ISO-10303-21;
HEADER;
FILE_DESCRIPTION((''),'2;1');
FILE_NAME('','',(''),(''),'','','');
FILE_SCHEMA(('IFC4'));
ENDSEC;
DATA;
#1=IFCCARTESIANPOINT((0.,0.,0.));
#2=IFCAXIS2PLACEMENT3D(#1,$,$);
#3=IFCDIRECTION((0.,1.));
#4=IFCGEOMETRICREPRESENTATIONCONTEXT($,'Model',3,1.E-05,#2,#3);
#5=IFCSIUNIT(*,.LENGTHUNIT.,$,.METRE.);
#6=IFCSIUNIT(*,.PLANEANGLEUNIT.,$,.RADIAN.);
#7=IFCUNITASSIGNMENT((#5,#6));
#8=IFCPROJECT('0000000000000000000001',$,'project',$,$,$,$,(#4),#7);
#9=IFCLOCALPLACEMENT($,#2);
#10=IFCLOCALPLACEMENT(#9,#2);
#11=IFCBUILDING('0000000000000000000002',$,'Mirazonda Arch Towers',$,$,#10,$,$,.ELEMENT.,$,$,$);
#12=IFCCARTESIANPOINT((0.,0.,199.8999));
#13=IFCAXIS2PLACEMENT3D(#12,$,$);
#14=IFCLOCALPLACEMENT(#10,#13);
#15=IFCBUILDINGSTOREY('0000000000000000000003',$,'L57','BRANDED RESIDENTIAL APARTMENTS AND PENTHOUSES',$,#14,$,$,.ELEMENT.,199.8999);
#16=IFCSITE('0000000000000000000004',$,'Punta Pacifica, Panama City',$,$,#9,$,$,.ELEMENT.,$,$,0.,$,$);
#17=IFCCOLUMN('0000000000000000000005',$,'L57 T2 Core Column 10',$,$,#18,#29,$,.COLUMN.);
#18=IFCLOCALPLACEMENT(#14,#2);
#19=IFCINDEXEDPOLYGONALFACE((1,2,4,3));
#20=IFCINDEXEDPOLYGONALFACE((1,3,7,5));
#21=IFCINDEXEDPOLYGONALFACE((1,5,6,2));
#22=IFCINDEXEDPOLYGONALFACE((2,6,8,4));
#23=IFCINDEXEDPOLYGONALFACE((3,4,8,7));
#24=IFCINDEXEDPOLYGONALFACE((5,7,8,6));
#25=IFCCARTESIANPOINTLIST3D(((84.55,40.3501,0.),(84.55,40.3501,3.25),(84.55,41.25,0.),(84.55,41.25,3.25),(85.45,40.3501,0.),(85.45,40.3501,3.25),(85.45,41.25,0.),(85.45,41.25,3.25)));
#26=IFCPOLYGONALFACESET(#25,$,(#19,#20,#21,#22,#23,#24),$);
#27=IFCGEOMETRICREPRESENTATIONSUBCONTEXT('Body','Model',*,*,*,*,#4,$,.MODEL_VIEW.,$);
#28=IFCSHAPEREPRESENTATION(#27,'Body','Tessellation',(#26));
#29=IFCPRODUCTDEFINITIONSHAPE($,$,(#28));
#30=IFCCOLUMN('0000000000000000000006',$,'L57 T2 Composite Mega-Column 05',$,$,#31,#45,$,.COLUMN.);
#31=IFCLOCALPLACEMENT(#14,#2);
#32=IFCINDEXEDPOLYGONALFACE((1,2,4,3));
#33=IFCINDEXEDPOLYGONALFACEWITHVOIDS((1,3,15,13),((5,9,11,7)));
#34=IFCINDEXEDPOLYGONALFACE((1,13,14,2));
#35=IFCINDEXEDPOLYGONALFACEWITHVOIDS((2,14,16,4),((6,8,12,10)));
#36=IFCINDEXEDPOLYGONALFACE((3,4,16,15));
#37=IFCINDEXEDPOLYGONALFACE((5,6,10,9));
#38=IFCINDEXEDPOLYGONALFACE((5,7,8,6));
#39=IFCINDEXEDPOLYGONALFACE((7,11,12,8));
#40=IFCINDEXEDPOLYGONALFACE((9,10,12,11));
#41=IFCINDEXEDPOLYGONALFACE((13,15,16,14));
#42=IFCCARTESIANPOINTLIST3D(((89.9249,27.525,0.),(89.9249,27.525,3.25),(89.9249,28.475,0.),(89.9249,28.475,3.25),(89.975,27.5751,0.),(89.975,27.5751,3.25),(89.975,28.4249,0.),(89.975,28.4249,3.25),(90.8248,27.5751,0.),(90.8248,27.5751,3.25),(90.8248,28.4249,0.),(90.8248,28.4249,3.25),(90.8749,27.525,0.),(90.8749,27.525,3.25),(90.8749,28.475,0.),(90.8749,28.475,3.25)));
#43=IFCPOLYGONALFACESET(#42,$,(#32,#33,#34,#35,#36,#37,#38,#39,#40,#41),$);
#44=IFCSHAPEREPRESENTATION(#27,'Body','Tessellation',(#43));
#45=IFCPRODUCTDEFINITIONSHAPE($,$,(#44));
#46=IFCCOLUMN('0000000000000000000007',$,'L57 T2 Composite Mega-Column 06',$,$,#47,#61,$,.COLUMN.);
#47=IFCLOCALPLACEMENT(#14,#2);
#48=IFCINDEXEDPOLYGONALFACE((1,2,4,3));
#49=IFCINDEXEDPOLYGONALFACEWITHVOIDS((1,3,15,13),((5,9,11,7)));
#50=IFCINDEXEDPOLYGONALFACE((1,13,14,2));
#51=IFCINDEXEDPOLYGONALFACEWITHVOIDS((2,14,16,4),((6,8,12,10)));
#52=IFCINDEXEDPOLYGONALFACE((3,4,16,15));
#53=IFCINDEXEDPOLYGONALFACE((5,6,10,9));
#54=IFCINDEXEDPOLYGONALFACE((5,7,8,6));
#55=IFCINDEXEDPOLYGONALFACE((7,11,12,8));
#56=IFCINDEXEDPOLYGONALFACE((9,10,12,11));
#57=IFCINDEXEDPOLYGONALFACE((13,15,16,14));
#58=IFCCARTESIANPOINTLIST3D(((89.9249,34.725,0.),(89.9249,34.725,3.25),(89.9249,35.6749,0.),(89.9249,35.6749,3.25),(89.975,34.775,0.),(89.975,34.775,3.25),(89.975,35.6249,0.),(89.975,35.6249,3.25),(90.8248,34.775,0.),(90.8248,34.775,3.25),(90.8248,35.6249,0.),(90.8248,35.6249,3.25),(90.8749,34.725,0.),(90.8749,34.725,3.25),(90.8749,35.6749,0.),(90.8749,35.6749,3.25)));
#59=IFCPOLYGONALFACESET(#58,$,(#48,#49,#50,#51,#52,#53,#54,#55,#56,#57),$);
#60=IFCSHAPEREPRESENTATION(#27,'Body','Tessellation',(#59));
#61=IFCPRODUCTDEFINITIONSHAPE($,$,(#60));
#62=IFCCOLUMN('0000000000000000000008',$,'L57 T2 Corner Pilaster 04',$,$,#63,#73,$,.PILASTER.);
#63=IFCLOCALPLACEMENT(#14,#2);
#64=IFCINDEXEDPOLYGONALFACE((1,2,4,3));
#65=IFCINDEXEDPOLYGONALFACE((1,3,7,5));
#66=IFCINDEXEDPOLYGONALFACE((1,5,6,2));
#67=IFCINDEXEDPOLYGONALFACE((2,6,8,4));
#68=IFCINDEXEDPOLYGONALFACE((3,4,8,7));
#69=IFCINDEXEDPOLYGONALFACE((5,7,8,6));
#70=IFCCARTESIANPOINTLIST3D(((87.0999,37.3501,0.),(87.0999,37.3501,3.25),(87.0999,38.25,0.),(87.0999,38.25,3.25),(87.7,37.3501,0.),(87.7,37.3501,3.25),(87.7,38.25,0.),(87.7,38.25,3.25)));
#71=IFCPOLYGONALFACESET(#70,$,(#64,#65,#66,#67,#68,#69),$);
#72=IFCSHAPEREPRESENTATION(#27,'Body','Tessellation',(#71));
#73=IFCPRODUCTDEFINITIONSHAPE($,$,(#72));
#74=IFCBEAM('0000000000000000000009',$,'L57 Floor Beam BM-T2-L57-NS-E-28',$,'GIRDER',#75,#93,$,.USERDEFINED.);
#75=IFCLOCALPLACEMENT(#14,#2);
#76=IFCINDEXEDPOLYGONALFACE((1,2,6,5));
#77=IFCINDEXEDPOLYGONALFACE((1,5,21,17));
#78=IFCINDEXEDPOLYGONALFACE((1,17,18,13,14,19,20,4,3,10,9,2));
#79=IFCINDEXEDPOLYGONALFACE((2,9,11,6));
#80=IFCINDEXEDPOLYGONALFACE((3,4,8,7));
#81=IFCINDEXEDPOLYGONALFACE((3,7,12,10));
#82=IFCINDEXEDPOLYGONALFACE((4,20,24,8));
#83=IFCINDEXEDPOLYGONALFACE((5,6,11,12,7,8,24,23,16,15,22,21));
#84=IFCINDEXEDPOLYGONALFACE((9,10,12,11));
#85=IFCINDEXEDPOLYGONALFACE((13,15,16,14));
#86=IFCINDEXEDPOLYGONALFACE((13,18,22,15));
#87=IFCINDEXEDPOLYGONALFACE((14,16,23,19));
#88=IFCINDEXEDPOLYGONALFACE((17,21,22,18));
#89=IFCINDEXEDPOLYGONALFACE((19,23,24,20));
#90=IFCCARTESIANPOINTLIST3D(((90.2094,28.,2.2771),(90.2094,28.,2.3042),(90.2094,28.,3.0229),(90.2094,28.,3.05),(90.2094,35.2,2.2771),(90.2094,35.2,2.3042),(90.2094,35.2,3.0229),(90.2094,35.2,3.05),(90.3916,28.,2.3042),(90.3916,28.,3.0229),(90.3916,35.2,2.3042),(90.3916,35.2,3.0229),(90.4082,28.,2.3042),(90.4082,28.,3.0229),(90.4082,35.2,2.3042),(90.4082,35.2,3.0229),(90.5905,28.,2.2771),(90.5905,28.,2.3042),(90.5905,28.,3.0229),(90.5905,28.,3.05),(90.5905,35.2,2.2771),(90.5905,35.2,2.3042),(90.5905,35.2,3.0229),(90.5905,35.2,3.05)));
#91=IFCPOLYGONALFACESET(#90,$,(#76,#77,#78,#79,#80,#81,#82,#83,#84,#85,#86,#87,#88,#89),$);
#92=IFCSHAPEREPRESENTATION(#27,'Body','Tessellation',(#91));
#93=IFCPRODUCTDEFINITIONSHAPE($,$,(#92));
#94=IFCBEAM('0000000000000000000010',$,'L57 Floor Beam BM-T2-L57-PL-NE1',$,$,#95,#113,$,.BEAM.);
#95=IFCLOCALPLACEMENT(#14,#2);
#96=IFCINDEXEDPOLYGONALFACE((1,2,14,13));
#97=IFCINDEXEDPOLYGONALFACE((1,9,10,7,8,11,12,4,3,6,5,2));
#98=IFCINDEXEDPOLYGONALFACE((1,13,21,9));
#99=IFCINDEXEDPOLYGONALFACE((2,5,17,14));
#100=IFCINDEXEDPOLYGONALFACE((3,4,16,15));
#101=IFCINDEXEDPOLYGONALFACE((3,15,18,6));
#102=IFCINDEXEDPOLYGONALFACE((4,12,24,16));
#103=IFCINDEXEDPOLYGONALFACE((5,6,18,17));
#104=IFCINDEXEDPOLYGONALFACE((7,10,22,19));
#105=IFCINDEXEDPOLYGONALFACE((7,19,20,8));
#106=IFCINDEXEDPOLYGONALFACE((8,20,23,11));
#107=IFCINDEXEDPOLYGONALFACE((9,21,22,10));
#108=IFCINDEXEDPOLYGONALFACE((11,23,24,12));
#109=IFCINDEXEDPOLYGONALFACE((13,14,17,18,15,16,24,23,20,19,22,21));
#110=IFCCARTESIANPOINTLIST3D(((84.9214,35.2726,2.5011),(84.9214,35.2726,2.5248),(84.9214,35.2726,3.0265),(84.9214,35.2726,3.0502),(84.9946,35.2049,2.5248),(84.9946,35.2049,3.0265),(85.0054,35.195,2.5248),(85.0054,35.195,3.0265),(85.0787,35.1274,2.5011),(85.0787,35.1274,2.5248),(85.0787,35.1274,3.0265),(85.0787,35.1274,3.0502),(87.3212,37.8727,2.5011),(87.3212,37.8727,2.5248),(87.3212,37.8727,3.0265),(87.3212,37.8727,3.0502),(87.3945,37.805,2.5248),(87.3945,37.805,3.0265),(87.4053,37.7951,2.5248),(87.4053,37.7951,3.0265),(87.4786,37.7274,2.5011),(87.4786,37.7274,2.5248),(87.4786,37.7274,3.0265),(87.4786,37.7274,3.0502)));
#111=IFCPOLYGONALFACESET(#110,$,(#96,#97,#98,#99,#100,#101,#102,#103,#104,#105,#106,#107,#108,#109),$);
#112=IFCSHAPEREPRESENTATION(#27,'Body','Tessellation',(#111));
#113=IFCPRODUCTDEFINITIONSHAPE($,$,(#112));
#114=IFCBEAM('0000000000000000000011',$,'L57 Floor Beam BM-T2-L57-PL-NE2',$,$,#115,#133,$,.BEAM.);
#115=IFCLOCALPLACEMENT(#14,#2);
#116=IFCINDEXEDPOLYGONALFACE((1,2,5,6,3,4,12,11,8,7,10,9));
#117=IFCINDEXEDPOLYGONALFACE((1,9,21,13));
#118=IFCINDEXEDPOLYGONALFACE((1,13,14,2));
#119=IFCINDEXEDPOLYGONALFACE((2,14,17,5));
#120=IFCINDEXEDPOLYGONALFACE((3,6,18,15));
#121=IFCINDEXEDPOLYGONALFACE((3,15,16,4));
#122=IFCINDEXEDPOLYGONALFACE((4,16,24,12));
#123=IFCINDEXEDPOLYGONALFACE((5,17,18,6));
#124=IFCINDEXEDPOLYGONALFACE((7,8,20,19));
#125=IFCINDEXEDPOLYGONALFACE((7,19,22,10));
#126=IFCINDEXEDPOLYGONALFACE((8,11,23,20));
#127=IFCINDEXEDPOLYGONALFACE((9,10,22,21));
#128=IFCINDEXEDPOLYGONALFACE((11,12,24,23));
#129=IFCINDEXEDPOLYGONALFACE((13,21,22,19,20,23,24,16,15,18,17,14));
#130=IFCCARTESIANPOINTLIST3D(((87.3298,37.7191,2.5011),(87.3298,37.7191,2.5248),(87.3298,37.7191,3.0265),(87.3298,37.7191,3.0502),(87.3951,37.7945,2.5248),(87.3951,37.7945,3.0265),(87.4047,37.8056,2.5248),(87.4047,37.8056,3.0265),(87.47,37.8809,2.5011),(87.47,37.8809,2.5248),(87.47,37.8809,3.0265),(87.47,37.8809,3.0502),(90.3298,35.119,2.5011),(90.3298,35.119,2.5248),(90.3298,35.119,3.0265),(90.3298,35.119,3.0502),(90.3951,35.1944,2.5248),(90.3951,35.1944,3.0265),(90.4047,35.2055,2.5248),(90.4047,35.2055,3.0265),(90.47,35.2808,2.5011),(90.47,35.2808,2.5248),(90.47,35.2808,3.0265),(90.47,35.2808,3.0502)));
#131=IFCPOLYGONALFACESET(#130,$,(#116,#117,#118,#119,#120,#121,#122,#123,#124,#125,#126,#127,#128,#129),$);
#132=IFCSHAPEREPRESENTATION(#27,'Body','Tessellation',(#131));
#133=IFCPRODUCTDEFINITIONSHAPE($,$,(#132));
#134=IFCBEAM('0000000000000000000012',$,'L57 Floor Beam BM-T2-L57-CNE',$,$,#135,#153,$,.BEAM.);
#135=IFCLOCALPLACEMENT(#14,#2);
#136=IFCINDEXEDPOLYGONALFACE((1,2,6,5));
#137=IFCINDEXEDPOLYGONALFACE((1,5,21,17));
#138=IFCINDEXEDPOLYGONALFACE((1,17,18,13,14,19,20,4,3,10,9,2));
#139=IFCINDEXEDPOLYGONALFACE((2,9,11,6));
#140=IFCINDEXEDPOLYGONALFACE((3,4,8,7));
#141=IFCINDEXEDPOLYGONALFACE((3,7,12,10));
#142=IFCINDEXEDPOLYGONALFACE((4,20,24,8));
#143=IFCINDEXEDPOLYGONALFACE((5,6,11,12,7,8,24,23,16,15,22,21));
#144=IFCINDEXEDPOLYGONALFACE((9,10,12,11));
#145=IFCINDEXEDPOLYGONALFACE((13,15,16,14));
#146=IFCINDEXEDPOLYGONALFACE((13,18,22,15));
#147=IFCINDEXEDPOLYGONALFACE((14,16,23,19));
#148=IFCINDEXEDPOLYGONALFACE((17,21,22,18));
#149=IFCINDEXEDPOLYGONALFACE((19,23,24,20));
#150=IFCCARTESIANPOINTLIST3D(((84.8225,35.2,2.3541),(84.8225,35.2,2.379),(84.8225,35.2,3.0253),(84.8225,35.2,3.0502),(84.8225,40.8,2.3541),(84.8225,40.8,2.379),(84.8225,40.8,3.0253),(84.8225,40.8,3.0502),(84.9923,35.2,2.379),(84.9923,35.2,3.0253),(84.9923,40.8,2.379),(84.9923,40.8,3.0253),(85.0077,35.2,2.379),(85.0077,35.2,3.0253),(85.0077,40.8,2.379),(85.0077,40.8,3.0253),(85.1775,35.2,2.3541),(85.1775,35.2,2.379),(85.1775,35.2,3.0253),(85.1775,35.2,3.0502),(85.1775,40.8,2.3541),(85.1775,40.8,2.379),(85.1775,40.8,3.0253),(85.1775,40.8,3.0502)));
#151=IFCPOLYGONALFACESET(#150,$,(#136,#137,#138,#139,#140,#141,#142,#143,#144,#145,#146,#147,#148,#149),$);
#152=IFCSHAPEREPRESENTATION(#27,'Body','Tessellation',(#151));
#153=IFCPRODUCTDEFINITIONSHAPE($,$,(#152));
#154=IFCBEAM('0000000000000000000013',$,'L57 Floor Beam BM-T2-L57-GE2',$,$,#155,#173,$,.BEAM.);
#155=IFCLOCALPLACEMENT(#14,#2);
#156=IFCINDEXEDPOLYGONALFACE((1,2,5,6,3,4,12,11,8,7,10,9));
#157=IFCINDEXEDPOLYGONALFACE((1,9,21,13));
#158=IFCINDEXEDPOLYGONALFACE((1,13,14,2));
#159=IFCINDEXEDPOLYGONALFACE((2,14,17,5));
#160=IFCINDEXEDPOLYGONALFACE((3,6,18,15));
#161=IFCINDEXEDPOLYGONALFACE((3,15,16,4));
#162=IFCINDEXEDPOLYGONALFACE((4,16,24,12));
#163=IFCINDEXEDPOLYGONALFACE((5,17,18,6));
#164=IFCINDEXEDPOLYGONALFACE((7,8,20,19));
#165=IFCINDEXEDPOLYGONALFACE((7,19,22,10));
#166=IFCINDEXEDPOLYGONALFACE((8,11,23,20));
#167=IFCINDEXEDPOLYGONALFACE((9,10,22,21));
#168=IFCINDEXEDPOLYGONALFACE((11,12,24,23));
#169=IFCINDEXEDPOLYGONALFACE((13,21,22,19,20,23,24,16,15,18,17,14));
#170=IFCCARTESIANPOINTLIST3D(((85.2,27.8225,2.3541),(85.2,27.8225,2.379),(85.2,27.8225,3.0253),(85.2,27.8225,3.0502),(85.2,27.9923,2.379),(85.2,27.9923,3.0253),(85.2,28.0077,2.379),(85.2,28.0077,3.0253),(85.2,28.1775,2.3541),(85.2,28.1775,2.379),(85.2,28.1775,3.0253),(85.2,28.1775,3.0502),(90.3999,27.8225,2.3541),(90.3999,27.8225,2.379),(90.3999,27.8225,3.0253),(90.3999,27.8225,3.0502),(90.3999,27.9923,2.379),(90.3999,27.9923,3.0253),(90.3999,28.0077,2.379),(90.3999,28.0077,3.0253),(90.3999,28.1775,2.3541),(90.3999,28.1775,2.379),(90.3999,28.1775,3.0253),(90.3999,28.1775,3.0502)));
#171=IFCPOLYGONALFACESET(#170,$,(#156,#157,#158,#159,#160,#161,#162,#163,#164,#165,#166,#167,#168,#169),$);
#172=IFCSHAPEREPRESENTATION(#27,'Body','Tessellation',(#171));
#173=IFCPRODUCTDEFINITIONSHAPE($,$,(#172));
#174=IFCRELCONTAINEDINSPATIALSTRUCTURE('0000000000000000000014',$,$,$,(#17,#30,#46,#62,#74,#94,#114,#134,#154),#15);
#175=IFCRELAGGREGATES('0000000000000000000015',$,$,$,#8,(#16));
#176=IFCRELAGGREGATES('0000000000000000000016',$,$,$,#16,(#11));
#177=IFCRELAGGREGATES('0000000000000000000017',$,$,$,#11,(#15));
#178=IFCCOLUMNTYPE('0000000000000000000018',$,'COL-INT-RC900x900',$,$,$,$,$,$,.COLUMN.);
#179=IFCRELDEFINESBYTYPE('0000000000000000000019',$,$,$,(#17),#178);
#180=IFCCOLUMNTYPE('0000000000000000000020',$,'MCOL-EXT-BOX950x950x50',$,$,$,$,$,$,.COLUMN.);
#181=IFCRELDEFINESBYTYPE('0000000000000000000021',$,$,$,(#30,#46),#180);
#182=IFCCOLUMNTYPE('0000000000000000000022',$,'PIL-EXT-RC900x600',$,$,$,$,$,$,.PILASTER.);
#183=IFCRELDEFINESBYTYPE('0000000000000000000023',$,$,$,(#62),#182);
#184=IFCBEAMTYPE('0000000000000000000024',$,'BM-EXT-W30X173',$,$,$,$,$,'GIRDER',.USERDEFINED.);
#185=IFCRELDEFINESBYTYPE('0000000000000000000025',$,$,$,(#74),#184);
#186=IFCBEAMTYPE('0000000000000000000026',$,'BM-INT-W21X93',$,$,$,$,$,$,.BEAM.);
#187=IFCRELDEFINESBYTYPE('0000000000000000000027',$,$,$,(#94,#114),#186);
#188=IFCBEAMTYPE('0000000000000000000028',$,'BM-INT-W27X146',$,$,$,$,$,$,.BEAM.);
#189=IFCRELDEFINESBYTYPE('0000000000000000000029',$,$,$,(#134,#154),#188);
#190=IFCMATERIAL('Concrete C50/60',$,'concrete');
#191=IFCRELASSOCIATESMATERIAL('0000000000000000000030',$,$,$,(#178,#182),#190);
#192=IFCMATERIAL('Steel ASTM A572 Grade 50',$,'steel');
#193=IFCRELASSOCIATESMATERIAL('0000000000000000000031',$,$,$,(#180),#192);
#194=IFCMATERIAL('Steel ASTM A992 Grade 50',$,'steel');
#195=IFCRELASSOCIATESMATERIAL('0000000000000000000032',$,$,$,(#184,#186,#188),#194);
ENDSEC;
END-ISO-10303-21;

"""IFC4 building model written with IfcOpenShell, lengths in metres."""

from ifc_helpers import new_model, si_unit, direction, frame, origin, origin_2d, place, context, subcontext, project, spatial, rectangle, hollow_rectangle, i_section, extrude, material, material_profile, profile_set, type_object, element, save


model = new_model("IFC4")

# Units and contexts
model_context = context("Model", 3, precision=1e-05, world=origin(), true_north=direction((0.0, 1.0)))
body_context = subcontext(model_context, "Body", "Model", "MODEL_VIEW")
ifc_project = project(units=[si_unit("LENGTHUNIT", "METRE"), si_unit("PLANEANGLEUNIT", "RADIAN")], contexts=[model_context])

# Site, building, storey
site_placement = place(None, origin())
site = spatial("IfcSite", under=ifc_project, at=site_placement, Name="Punta Pacifica, Panama City", CompositionType="ELEMENT", RefElevation=0.0)
building_placement = place(site_placement, origin())
building = spatial("IfcBuilding", under=site, at=building_placement, Name="Mirazonda Arch Towers", CompositionType="ELEMENT")
storey_placement = place(building_placement, frame((0.0, 0.0, 199.8999)))
storey = spatial("IfcBuildingStorey", under=building, at=storey_placement, Name="L57", Description="BRANDED RESIDENTIAL APARTMENTS AND PENTHOUSES", CompositionType="ELEMENT", Elevation=199.8999)

# Columns
ifc_material_1 = material(Name="Concrete C50/60", Category="concrete")
ifc_material_profile_1 = material_profile(ifc_material_1, rectangle(XDim=0.8999, YDim=0.8999, at=origin_2d()), Name="RC900x900")
ifc_profile_set_1 = profile_set([ifc_material_profile_1], Name="Concrete C50/60")
column_type_1 = type_object("IfcColumnType", Name="COL-INT-RC900x900", PredefinedType="COLUMN", material=ifc_profile_set_1)
column_1_placement = place(storey_placement, frame((85.0, 40.8, 0.0), z_axis=(0.0, 0.0, 1.0), x_axis=(1.0, 0.0, 0.0)))
element("IfcColumn", 1, at=column_1_placement, inside=storey, type_object=column_type_1, Name="L57 T2 Core Column 10", PredefinedType="COLUMN", context=body_context, shape_type="SweptSolid", body=[
    extrude(rectangle(XDim=0.8999, YDim=0.8999, at=origin_2d()), origin(), (0.0, 0.0, 1.0), 3.25),
])
ifc_material_2 = material(Name="Steel ASTM A572 Grade 50", Category="steel")
ifc_material_profile_2 = material_profile(ifc_material_2, hollow_rectangle(XDim=0.95, YDim=0.95, WallThickness=0.05, at=origin_2d()), Name="BOX950x950x50")
ifc_profile_set_2 = profile_set([ifc_material_profile_2], Name="Steel ASTM A572 Grade 50")
column_type_2 = type_object("IfcColumnType", Name="MCOL-EXT-BOX950x950x50", PredefinedType="COLUMN", material=ifc_profile_set_2)
for number, where, z_axis, x_axis, name in (
    (2, (90.3999, 28.0, 0.0), (0.0, 0.0, 1.0), (1.0, 0.0, 0.0), "L57 T2 Composite Mega-Column 05"),
    (3, (90.3999, 35.2, 0.0), (0.0, 0.0, 1.0), (1.0, 0.0, 0.0), "L57 T2 Composite Mega-Column 06"),
):
    element("IfcColumn", number, at=place(storey_placement, frame(where, z_axis=z_axis, x_axis=x_axis)), inside=storey, type_object=column_type_2, Name=name, PredefinedType="COLUMN", context=body_context, shape_type="SweptSolid", body=[
        extrude(hollow_rectangle(XDim=0.95, YDim=0.95, WallThickness=0.05, at=origin_2d()), origin(), (0.0, 0.0, 1.0), 3.25),
    ])
ifc_material_profile_3 = material_profile(ifc_material_1, rectangle(XDim=0.6001, YDim=0.8999, at=origin_2d()), Name="RC900x600")
ifc_profile_set_3 = profile_set([ifc_material_profile_3], Name="Concrete C50/60")
column_type_3 = type_object("IfcColumnType", Name="PIL-EXT-RC900x600", PredefinedType="PILASTER", material=ifc_profile_set_3)
column_2_placement = place(storey_placement, frame((87.3999, 37.8, 0.0), z_axis=(0.0, 0.0, 1.0), x_axis=(1.0, 0.0, 0.0)))
element("IfcColumn", 4, at=column_2_placement, inside=storey, type_object=column_type_3, Name="L57 T2 Corner Pilaster 04", PredefinedType="PILASTER", context=body_context, shape_type="SweptSolid", body=[
    extrude(rectangle(XDim=0.6001, YDim=0.8999, at=origin_2d()), origin(), (0.0, 0.0, 1.0), 3.25),
])

# Beams
ifc_material_3 = material(Name="Steel ASTM A992 Grade 50", Category="steel")
ifc_material_profile_4 = material_profile(ifc_material_3, i_section(OverallWidth=0.3811, OverallDepth=0.7729, WebThickness=0.0166, FlangeThickness=0.0271, at=origin_2d()), Name="W30X173")
ifc_profile_set_4 = profile_set([ifc_material_profile_4], Name="Steel ASTM A992 Grade 50")
beam_type_1 = type_object("IfcBeamType", Name="BM-EXT-W30X173", ElementType="GIRDER", PredefinedType="USERDEFINED", material=ifc_profile_set_4)
beam_1_placement = place(storey_placement, frame((90.3999, 28.0, 2.6636), z_axis=(0.0, 1.0, 0.0), x_axis=(-1.0, 0.0, 0.0)))
element("IfcBeam", 5, at=beam_1_placement, inside=storey, type_object=beam_type_1, Name="L57 Floor Beam BM-T2-L57-NS-E-28", ObjectType="GIRDER", PredefinedType="USERDEFINED", context=body_context, shape_type="SweptSolid", body=[
    extrude(i_section(OverallWidth=0.3811, OverallDepth=0.7729, WebThickness=0.0166, FlangeThickness=0.0271, at=origin_2d()), origin(), (0.0, 0.0, 1.0), 7.2),
])
ifc_material_profile_5 = material_profile(ifc_material_3, i_section(OverallWidth=0.2141, OverallDepth=0.5491, WebThickness=0.0146, FlangeThickness=0.0237, at=origin_2d()), Name="W21X93")
ifc_profile_set_5 = profile_set([ifc_material_profile_5], Name="Steel ASTM A992 Grade 50")
beam_type_2 = type_object("IfcBeamType", Name="BM-INT-W21X93", PredefinedType="BEAM", material=ifc_profile_set_5)
beam_2_placement = place(storey_placement, frame((87.3999, 37.8, 2.7756), z_axis=(-0.678251, -0.73483, 0.0), x_axis=(0.73483, -0.678251, 0.0)))
element("IfcBeam", 6, at=beam_2_placement, inside=storey, type_object=beam_type_2, Name="L57 Floor Beam BM-T2-L57-PL-NE1", PredefinedType="BEAM", context=body_context, shape_type="SweptSolid", body=[
    extrude(i_section(OverallWidth=0.2141, OverallDepth=0.5491, WebThickness=0.0146, FlangeThickness=0.0237, at=origin_2d()), origin(), (0.0, 0.0, 1.0), 3.5383),
])
beam_3_placement = place(storey_placement, frame((87.3999, 37.8, 2.7756), z_axis=(0.755677, -0.654945, 0.0), x_axis=(0.654945, 0.755677, 0.0)))
element("IfcBeam", 7, at=beam_3_placement, inside=storey, type_object=beam_type_2, Name="L57 Floor Beam BM-T2-L57-PL-NE2", PredefinedType="BEAM", context=body_context, shape_type="SweptSolid", body=[
    extrude(i_section(OverallWidth=0.2141, OverallDepth=0.5491, WebThickness=0.0146, FlangeThickness=0.0237, at=origin_2d()), origin(), (0.0, 0.0, 1.0), 3.97),
])
ifc_material_profile_6 = material_profile(ifc_material_3, i_section(OverallWidth=0.355, OverallDepth=0.696, WebThickness=0.0154, FlangeThickness=0.0249, at=origin_2d()), Name="W27X146")
ifc_profile_set_6 = profile_set([ifc_material_profile_6], Name="Steel ASTM A992 Grade 50")
beam_type_3 = type_object("IfcBeamType", Name="BM-INT-W27X146", PredefinedType="BEAM", material=ifc_profile_set_6)
beam_4_placement = place(storey_placement, frame((85.0, 35.2, 2.7021), z_axis=(0.0, 1.0, 0.0), x_axis=(-1.0, 0.0, 0.0)))
element("IfcBeam", 8, at=beam_4_placement, inside=storey, type_object=beam_type_3, Name="L57 Floor Beam BM-T2-L57-CNE", PredefinedType="BEAM", context=body_context, shape_type="SweptSolid", body=[
    extrude(i_section(OverallWidth=0.355, OverallDepth=0.696, WebThickness=0.0154, FlangeThickness=0.0249, at=origin_2d()), origin(), (0.0, 0.0, 1.0), 5.6001),
])
beam_5_placement = place(storey_placement, frame((85.2, 28.0, 2.7021), z_axis=(1.0, 0.0, 0.0), x_axis=(0.0, 1.0, 0.0)))
element("IfcBeam", 9, at=beam_5_placement, inside=storey, type_object=beam_type_3, Name="L57 Floor Beam BM-T2-L57-GE2", PredefinedType="BEAM", context=body_context, shape_type="SweptSolid", body=[
    extrude(i_section(OverallWidth=0.355, OverallDepth=0.696, WebThickness=0.0154, FlangeThickness=0.0249, at=origin_2d()), origin(), (0.0, 0.0, 1.0), 5.2),
])

save(model, "model.ifc")
